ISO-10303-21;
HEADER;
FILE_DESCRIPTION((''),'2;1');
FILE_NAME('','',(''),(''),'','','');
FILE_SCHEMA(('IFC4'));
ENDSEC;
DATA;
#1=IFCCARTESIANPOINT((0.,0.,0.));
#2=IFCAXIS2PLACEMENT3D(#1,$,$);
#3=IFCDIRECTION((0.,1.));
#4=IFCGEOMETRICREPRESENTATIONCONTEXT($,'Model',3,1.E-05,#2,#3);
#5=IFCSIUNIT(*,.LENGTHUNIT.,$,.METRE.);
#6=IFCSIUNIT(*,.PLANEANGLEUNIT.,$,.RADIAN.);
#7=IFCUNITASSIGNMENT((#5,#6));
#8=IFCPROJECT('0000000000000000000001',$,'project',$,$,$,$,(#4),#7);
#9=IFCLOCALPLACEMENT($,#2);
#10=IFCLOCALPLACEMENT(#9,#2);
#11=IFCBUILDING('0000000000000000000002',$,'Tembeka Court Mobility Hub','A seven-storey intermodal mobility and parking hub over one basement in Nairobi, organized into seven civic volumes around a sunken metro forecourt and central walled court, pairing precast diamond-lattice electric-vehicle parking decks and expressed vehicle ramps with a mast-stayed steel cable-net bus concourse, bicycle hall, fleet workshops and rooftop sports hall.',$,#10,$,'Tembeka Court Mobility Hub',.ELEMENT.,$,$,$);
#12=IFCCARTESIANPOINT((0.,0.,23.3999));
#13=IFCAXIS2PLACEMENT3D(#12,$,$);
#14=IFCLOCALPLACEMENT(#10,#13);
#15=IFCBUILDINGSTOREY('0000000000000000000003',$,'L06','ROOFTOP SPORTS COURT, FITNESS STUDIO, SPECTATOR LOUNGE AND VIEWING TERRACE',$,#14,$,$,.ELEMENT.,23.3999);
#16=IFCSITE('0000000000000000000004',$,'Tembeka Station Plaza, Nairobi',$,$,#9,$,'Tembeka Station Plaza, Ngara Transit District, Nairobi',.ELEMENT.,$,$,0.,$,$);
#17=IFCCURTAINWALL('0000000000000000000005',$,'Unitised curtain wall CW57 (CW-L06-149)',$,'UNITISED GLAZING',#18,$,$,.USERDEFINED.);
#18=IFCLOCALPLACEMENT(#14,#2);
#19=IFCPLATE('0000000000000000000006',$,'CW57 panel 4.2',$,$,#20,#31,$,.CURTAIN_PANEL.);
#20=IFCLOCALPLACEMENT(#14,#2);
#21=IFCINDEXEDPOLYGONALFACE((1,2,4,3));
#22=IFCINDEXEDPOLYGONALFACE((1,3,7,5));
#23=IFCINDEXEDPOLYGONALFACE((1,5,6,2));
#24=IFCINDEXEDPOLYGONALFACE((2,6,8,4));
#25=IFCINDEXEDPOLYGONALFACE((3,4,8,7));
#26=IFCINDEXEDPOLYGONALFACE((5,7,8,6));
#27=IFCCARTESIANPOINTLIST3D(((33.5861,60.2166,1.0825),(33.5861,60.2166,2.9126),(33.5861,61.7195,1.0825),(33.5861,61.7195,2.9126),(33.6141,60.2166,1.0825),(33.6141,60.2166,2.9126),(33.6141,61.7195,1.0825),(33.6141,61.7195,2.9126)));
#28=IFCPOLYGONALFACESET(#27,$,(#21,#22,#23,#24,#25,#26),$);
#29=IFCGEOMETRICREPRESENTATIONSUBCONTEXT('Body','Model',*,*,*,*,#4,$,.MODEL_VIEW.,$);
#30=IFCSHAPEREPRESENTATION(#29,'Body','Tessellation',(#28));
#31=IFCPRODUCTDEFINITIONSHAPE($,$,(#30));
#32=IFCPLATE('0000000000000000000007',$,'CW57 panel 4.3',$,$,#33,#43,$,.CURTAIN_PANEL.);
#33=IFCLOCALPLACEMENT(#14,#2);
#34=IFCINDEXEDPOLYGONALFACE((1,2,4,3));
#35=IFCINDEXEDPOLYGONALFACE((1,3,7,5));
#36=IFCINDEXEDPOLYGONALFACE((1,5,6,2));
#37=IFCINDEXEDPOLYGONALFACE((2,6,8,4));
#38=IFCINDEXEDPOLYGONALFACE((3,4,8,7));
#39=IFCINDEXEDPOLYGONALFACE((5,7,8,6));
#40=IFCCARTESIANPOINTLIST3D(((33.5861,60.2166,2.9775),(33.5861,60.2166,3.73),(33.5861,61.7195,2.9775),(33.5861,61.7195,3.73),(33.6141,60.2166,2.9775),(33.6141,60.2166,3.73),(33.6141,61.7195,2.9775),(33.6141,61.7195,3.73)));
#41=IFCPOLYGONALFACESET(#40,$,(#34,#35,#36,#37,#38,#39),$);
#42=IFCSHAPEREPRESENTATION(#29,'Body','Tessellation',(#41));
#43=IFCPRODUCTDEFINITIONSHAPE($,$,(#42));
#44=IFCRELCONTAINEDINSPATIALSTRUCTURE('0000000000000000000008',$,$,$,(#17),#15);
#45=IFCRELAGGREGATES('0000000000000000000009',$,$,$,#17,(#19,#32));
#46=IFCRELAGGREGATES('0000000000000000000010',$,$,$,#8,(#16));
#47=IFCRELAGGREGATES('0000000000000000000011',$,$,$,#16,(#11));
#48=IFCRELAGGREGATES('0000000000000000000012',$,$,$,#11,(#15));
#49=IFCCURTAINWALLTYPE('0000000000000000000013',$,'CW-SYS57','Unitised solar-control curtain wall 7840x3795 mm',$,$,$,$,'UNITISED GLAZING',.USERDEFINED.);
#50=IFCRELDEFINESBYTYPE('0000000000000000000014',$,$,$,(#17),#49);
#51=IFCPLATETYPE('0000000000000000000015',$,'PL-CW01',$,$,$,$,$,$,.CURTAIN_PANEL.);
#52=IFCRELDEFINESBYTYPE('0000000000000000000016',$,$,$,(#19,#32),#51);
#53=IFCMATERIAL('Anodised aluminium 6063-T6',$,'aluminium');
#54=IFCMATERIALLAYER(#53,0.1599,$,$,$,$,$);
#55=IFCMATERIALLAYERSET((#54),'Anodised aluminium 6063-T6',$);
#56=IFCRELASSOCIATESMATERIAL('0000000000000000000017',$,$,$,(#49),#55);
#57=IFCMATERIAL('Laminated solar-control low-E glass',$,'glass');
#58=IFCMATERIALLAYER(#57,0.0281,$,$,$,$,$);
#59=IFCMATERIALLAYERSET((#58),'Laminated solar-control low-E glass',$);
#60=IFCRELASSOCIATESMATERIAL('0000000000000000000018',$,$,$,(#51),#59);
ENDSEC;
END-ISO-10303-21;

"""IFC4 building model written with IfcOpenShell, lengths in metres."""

from ifc_helpers import new_model, si_unit, direction, frame, origin, origin_2d, place, context, subcontext, project, spatial, rectangle, extrude, material, layer, layer_set, type_object, element, aggregate, save


model = new_model("IFC4")

# Units and contexts
model_context = context("Model", 3, precision=1e-05, world=origin(), true_north=direction((0.0, 1.0)))
body_context = subcontext(model_context, "Body", "Model", "MODEL_VIEW")
ifc_project = project(units=[si_unit("LENGTHUNIT", "METRE"), si_unit("PLANEANGLEUNIT", "RADIAN")], contexts=[model_context])

# Site, building, storey
site_placement = place(None, origin())
site = spatial("IfcSite", under=ifc_project, at=site_placement, Name="Tembeka Station Plaza, Nairobi", LongName="Tembeka Station Plaza, Ngara Transit District, Nairobi", CompositionType="ELEMENT", RefElevation=0.0)
building_placement = place(site_placement, origin())
building = spatial("IfcBuilding", under=site, at=building_placement, Name="Tembeka Court Mobility Hub", Description="A seven-storey intermodal mobility and parking hub over one basement in Nairobi, organized into seven civic volumes around a sunken metro forecourt and central walled court, pairing precast diamond-lattice electric-vehicle parking decks and expressed vehicle ramps with a mast-stayed steel cable-net bus concourse, bicycle hall, fleet workshops and rooftop sports hall.", LongName="Tembeka Court Mobility Hub", CompositionType="ELEMENT")
storey_placement = place(building_placement, frame((0.0, 0.0, 23.3999)))
storey = spatial("IfcBuildingStorey", under=building, at=storey_placement, Name="L06", Description="ROOFTOP SPORTS COURT, FITNESS STUDIO, SPECTATOR LOUNGE AND VIEWING TERRACE", CompositionType="ELEMENT", Elevation=23.3999)

# Curtain wall, plates
ifc_material_1 = material(Name="Anodised aluminium 6063-T6", Category="aluminium")
ifc_layer_1 = layer(ifc_material_1, 0.1599)
ifc_layer_set_1 = layer_set([ifc_layer_1], Name="Anodised aluminium 6063-T6")
curtain_wall_type = type_object("IfcCurtainWallType", Name="CW-SYS57", Description="Unitised solar-control curtain wall 7840x3795 mm", ElementType="UNITISED GLAZING", PredefinedType="USERDEFINED", material=ifc_layer_set_1)
curtain_wall_placement = place(storey_placement, origin())
curtain_wall = element("IfcCurtainWall", 1, at=curtain_wall_placement, inside=storey, type_object=curtain_wall_type, Name="Unitised curtain wall CW57 (CW-L06-149)", ObjectType="UNITISED GLAZING", PredefinedType="USERDEFINED")
ifc_material_2 = material(Name="Laminated solar-control low-E glass", Category="glass")
ifc_layer_2 = layer(ifc_material_2, 0.0281)
ifc_layer_set_2 = layer_set([ifc_layer_2], Name="Laminated solar-control low-E glass")
plate_type = type_object("IfcPlateType", Name="PL-CW01", PredefinedType="CURTAIN_PANEL", material=ifc_layer_set_2)
plate_1_placement = place(storey_placement, frame((33.6001, 60.968, 1.0825), z_axis=(0.0, 0.0, 1.0), x_axis=(0.0, 1.0, 0.0)))
plate_1 = element("IfcPlate", 2, at=plate_1_placement, type_object=plate_type, Name="CW57 panel 4.2", PredefinedType="CURTAIN_PANEL", context=body_context, shape_type="SweptSolid", body=[
    extrude(rectangle(XDim=1.5029, YDim=0.0281, at=origin_2d()), origin(), (0.0, 0.0, 1.0), 1.8301),
])
plate_2_placement = place(storey_placement, frame((33.6001, 60.968, 2.9775), z_axis=(0.0, 0.0, 1.0), x_axis=(0.0, 1.0, 0.0)))
plate_2 = element("IfcPlate", 3, at=plate_2_placement, type_object=plate_type, Name="CW57 panel 4.3", PredefinedType="CURTAIN_PANEL", context=body_context, shape_type="SweptSolid", body=[
    extrude(rectangle(XDim=1.5029, YDim=0.0281, at=origin_2d()), origin(), (0.0, 0.0, 1.0), 0.7524),
])
aggregate(curtain_wall, [plate_1, plate_2])

save(model, "model.ifc")
